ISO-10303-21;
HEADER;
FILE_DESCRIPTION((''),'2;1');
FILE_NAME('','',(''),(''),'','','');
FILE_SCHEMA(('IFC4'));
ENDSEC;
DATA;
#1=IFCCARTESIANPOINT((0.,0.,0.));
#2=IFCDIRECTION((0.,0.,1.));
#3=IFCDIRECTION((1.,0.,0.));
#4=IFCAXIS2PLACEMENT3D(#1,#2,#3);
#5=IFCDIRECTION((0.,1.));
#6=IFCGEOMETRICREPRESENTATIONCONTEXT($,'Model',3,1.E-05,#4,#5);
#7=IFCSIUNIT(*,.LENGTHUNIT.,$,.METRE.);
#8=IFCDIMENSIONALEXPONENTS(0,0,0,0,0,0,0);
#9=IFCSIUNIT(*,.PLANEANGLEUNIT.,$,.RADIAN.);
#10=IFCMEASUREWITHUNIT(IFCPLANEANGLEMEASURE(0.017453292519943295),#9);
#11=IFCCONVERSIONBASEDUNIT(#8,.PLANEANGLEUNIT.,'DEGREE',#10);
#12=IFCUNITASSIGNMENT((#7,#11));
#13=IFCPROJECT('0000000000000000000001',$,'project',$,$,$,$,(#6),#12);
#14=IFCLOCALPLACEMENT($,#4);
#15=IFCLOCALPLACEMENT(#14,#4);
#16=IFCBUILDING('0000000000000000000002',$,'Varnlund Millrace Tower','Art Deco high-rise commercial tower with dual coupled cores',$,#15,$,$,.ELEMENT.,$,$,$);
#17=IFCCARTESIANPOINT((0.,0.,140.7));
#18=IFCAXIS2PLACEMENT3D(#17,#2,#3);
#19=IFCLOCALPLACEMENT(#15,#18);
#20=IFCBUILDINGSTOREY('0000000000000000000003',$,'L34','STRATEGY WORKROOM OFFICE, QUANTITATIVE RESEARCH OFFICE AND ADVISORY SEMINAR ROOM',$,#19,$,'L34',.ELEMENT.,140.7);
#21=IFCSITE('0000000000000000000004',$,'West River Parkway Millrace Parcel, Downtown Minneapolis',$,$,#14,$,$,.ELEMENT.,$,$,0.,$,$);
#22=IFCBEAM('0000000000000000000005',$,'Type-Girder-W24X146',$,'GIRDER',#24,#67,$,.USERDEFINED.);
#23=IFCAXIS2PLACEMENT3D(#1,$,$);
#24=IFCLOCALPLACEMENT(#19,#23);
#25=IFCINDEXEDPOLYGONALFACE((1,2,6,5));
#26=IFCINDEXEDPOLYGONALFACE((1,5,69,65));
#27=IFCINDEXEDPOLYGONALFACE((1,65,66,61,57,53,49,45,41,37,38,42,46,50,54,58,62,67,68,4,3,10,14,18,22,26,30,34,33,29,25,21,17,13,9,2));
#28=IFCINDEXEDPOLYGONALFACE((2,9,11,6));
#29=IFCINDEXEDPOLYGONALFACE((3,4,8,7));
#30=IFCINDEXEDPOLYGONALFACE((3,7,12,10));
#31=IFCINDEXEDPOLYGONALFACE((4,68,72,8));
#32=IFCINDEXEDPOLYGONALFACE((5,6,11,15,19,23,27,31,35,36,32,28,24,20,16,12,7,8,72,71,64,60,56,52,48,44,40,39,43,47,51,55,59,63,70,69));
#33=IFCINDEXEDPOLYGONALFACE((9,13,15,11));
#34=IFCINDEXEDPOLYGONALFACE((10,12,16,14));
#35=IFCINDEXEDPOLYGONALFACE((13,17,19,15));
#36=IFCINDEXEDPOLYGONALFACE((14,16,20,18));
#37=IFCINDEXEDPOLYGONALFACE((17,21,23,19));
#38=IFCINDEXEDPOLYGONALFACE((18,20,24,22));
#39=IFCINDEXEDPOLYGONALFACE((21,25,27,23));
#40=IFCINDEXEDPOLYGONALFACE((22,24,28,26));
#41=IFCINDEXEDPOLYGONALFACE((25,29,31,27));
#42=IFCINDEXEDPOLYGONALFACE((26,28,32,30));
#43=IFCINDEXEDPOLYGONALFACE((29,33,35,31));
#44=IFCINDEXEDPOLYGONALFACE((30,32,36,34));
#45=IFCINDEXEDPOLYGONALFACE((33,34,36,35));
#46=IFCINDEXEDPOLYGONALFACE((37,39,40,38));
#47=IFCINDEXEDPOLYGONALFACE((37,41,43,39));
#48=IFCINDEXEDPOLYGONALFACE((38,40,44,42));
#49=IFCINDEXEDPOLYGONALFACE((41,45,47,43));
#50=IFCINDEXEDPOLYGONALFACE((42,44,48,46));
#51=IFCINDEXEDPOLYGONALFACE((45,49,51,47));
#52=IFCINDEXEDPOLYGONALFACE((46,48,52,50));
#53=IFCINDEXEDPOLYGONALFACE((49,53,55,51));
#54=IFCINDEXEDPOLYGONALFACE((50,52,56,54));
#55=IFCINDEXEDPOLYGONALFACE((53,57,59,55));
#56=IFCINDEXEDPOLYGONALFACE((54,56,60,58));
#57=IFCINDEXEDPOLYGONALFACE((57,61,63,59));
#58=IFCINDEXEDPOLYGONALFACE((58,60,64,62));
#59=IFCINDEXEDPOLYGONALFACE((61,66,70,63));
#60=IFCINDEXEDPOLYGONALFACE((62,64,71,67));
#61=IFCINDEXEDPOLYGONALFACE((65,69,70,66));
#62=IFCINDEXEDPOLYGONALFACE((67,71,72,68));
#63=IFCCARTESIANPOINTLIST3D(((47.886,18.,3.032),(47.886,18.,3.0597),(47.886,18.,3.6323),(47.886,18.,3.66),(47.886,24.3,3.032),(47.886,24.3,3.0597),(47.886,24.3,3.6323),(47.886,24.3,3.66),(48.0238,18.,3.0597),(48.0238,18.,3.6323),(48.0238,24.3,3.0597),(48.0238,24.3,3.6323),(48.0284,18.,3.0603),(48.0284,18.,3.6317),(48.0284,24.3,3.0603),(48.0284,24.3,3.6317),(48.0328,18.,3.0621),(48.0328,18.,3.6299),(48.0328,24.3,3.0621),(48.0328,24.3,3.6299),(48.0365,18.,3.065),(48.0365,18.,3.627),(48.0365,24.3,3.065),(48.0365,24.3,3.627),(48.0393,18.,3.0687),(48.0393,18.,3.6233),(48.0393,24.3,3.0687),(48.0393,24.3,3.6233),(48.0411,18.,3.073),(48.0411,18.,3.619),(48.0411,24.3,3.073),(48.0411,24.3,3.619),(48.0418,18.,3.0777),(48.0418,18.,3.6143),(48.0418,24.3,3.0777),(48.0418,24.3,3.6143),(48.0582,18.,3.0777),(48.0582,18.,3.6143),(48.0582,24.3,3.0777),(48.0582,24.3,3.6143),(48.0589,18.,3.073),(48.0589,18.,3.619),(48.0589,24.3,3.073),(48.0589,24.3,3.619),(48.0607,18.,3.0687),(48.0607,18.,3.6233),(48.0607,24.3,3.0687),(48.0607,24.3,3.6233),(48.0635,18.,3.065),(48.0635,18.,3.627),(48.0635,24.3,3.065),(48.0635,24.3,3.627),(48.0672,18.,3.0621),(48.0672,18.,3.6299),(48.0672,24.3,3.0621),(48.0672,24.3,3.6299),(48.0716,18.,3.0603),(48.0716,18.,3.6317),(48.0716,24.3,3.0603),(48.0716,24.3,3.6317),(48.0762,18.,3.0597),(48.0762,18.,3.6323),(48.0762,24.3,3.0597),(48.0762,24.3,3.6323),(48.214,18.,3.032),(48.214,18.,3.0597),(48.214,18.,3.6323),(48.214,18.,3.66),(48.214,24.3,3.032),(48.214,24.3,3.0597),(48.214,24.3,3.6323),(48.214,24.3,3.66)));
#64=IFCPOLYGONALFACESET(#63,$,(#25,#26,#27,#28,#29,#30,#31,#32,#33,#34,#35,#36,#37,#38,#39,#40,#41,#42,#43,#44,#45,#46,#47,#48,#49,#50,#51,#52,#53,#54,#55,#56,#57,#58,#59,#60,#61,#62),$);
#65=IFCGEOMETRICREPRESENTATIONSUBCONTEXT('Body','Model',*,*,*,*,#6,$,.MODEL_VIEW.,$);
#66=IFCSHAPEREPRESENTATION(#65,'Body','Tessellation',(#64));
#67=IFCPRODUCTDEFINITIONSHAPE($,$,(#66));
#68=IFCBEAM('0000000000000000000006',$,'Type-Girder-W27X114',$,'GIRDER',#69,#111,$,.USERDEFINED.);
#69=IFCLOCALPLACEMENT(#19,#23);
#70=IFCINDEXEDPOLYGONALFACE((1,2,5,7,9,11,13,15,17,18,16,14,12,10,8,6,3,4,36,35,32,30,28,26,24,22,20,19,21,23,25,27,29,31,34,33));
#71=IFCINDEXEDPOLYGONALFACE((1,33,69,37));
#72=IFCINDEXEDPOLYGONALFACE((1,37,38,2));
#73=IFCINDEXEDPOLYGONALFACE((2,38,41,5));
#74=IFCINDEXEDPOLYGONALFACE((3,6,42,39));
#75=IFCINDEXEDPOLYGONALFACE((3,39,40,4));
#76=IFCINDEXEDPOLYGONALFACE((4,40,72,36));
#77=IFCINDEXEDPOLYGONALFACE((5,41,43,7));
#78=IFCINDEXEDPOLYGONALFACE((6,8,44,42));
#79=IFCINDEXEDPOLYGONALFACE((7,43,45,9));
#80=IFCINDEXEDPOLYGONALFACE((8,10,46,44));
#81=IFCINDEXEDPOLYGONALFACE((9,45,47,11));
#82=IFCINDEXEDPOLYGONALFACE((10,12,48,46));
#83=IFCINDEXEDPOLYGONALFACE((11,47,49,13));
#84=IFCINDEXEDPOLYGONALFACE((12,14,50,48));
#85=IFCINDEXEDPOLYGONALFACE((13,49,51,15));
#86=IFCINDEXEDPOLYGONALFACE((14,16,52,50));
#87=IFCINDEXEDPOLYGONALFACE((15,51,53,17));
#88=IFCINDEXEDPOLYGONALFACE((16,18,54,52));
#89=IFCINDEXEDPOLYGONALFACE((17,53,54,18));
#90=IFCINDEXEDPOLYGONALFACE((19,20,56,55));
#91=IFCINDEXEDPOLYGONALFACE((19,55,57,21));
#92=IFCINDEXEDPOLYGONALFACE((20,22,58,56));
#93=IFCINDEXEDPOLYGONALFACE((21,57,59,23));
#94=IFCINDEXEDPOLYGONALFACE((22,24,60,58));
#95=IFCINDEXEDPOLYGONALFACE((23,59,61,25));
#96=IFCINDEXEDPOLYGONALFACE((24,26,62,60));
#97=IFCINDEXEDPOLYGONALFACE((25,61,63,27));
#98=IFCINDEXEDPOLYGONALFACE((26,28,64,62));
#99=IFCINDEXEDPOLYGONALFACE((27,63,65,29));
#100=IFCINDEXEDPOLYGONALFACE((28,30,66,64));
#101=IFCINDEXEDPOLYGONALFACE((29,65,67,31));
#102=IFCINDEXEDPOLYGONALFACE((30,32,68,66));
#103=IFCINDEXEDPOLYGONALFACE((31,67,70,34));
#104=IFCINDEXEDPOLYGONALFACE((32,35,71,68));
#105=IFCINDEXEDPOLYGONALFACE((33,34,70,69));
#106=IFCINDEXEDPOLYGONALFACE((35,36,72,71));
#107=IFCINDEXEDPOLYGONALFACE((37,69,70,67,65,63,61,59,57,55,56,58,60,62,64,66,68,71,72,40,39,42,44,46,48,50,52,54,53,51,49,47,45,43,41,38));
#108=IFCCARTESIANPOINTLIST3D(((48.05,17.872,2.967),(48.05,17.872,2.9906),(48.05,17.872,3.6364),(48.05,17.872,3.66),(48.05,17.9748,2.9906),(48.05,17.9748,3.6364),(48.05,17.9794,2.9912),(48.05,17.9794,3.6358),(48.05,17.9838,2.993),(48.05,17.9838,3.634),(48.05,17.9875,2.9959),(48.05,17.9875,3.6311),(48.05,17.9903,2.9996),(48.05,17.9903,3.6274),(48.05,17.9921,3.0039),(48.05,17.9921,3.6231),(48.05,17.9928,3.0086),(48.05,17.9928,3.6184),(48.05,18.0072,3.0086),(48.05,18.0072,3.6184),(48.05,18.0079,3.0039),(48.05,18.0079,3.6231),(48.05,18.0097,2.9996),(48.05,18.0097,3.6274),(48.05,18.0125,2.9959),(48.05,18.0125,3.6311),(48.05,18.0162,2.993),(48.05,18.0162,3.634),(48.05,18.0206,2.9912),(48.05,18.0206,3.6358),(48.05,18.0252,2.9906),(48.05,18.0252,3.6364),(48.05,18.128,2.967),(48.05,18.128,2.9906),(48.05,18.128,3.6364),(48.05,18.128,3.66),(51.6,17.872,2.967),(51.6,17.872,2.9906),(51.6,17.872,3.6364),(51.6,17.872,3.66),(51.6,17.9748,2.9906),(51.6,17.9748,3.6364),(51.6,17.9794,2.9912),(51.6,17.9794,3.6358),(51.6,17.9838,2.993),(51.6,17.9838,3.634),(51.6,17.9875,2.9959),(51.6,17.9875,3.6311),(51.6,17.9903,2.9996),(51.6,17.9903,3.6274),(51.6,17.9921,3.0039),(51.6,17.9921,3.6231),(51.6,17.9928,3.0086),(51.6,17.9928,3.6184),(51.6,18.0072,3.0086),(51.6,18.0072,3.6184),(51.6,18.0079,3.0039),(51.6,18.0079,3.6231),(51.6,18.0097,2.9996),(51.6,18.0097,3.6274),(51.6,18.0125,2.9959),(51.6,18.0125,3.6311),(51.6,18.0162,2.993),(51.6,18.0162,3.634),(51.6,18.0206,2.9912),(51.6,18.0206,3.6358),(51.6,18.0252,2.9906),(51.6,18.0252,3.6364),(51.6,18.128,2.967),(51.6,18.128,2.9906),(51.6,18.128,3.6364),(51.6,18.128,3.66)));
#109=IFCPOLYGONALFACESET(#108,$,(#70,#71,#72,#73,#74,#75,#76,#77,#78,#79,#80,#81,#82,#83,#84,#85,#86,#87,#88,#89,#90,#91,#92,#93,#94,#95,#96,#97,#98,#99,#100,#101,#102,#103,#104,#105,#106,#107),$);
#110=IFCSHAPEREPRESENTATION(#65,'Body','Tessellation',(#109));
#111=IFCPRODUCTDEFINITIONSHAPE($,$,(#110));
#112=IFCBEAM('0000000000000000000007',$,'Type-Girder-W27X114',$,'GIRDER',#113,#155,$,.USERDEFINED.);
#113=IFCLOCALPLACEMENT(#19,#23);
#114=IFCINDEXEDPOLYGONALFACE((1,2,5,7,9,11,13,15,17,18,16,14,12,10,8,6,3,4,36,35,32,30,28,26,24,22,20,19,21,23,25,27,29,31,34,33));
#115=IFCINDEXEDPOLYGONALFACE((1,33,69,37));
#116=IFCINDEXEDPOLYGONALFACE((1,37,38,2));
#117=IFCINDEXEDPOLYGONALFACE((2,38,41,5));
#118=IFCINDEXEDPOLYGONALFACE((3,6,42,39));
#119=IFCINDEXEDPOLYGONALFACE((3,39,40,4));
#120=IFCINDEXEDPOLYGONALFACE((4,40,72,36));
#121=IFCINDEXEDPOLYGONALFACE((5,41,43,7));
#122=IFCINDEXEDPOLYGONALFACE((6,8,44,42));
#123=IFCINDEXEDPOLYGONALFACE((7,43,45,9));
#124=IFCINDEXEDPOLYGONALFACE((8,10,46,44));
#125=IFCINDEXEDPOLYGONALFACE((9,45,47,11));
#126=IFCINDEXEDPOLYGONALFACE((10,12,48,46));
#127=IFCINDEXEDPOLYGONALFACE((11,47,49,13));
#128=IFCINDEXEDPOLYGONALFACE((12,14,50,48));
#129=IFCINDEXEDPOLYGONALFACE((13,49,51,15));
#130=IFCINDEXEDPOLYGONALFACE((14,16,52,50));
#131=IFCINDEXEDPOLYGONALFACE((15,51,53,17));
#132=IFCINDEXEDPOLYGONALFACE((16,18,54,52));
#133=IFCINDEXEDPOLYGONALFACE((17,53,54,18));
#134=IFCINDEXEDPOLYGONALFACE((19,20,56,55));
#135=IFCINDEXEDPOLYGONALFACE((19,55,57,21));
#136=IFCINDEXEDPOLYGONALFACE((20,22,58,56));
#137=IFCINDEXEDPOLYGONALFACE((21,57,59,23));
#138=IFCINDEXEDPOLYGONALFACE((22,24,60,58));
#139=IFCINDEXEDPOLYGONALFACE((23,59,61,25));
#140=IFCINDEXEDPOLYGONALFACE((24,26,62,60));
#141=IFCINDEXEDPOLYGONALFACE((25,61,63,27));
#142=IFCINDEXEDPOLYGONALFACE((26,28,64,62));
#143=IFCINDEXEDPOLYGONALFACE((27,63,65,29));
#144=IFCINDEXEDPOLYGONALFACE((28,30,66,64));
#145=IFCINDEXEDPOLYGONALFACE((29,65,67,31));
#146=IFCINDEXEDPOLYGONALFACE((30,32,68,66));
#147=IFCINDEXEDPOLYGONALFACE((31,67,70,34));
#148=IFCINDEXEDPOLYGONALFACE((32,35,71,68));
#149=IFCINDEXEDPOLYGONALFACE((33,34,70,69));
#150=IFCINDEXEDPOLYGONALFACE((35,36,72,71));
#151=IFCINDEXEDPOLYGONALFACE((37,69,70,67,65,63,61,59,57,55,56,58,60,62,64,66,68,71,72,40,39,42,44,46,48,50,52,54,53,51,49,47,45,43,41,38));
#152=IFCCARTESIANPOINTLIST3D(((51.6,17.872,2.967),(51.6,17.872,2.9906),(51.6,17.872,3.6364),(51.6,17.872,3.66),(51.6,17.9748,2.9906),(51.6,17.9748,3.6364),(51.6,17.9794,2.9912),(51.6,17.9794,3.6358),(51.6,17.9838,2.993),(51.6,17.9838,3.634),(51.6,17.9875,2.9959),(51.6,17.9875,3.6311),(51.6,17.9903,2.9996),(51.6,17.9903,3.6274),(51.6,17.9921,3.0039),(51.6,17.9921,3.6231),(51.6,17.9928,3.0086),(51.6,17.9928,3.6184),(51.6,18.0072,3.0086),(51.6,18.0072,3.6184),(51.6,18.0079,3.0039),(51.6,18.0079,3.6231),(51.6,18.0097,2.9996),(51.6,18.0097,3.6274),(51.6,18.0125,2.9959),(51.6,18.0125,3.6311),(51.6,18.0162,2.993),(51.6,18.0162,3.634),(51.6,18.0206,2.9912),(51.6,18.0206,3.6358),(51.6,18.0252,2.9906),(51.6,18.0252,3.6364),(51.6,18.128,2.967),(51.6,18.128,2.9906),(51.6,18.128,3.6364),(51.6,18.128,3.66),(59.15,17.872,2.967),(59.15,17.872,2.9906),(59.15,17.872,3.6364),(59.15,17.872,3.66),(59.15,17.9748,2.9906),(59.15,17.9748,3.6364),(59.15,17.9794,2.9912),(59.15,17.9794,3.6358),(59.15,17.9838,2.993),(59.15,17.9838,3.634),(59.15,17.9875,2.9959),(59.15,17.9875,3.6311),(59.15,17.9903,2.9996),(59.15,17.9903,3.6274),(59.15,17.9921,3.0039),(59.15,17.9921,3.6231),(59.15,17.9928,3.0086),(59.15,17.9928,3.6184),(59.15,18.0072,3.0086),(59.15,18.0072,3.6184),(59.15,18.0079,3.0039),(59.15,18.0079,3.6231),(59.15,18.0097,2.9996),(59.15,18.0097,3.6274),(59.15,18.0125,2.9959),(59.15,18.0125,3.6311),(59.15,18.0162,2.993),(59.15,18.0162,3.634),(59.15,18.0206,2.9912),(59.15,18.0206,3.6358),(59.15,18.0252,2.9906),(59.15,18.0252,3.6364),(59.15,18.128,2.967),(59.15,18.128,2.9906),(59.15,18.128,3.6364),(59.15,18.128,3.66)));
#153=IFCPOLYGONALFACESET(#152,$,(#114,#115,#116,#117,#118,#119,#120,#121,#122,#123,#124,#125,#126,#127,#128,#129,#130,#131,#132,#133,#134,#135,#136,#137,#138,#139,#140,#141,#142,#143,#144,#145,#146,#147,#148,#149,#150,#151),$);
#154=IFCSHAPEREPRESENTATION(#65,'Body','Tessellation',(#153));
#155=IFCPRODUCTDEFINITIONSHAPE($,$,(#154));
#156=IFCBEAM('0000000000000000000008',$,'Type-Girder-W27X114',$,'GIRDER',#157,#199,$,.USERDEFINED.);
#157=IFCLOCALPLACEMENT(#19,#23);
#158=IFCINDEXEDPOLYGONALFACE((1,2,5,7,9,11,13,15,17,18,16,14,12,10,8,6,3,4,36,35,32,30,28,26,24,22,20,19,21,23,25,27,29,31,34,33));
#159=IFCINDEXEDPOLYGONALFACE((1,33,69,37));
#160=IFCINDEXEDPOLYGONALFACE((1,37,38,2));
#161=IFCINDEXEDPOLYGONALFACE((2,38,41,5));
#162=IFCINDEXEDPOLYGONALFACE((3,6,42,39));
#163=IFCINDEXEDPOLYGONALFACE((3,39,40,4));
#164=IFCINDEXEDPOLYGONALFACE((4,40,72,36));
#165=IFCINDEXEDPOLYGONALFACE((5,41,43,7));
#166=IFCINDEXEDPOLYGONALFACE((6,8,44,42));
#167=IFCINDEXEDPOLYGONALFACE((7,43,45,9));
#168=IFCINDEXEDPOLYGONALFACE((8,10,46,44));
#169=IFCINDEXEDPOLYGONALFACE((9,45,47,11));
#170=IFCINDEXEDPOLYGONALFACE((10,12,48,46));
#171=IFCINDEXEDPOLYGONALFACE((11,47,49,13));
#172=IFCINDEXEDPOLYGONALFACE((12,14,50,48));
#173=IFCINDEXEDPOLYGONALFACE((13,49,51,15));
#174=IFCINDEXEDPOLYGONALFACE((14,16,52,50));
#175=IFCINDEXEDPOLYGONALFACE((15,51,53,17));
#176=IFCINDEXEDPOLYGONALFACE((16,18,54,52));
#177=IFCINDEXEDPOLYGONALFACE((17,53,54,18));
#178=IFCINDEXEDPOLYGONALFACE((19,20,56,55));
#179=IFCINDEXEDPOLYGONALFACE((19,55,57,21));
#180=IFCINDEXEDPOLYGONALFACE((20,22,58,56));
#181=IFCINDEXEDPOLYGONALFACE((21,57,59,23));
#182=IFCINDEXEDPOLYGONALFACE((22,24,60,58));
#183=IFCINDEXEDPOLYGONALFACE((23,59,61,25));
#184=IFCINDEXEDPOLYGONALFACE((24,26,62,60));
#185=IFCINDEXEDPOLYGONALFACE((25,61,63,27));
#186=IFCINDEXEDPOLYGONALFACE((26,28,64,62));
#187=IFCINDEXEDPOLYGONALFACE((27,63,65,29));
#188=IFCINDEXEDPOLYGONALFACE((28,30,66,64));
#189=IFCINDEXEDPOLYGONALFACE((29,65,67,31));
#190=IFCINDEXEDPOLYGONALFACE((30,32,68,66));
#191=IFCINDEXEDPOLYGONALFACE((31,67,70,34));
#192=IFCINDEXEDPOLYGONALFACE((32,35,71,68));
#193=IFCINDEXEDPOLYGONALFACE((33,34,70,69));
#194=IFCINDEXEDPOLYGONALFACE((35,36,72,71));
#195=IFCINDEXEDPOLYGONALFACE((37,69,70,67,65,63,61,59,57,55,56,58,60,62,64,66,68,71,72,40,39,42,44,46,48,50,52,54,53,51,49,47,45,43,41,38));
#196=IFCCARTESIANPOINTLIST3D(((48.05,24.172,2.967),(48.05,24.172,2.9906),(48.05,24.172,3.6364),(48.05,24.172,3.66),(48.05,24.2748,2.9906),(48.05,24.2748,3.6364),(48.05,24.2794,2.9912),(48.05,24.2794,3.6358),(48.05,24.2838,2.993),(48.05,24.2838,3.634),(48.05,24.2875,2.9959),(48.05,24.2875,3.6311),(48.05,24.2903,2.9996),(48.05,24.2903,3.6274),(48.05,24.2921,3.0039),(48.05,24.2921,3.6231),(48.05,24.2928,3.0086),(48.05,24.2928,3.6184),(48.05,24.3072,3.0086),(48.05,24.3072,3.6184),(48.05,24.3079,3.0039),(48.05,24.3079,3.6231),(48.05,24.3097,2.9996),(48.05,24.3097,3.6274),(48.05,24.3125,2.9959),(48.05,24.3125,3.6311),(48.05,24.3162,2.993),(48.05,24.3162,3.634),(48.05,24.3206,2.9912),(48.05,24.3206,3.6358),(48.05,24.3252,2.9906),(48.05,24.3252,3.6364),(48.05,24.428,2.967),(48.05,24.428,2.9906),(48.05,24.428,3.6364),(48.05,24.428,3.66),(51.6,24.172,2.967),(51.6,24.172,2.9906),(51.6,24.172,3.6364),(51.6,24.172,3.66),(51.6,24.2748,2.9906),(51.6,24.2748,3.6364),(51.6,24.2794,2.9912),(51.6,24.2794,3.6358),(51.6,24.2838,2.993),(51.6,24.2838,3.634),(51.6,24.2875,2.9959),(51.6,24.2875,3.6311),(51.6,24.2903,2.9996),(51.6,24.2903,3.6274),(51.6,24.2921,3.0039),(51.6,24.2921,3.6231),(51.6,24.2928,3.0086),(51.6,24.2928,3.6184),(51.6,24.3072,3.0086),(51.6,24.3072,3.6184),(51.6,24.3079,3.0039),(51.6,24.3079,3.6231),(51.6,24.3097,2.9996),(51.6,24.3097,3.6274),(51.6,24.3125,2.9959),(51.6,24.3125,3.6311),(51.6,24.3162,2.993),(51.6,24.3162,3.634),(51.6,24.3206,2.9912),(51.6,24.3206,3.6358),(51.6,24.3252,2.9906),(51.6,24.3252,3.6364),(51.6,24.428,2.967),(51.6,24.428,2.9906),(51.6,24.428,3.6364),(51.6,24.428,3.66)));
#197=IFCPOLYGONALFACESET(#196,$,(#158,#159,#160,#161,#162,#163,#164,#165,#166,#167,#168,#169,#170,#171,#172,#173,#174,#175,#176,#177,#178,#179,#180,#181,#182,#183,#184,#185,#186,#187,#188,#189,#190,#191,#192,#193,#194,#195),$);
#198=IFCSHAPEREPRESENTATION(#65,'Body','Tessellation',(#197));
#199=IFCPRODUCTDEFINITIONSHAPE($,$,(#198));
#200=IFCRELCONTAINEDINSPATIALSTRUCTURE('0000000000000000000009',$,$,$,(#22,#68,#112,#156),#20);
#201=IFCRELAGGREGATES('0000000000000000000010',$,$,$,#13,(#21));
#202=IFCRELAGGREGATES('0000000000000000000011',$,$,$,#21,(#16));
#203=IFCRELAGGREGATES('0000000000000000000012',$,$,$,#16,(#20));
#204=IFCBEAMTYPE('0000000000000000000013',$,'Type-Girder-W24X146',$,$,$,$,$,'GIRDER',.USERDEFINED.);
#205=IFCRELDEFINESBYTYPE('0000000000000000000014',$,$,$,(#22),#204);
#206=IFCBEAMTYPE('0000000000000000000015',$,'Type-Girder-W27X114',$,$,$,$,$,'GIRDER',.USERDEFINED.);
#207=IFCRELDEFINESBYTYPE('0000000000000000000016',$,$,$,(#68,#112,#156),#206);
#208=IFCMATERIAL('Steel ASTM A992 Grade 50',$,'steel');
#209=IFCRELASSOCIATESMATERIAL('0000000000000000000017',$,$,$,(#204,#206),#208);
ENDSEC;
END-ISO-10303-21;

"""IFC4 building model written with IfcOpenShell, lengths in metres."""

from ifc_helpers import new_model, entity, si_unit, converted_unit, direction, frame, origin_with_axes, origin_2d_with_axis, place, context, subcontext, project, spatial, i_section, extrude, material, material_profile, profile_set, type_object, element, save


model = new_model("IFC4")

# Units and contexts
model_context = context("Model", 3, precision=1e-05, world=origin_with_axes(), true_north=direction((0.0, 1.0)))
body_context = subcontext(model_context, "Body", "Model", "MODEL_VIEW")
ifc_project = project(units=[si_unit("LENGTHUNIT", "METRE"), converted_unit("PLANEANGLEUNIT", "DEGREE", entity("IfcPlaneAngleMeasure", 0.017453292519943295), si_unit("PLANEANGLEUNIT", "RADIAN"), dimensions=[0, 0, 0, 0, 0, 0, 0])], contexts=[model_context])

# Site, building, storey
site_placement = place(None, origin_with_axes())
site = spatial("IfcSite", under=ifc_project, at=site_placement, Name="West River Parkway Millrace Parcel, Downtown Minneapolis", CompositionType="ELEMENT", RefElevation=0.0)
building_placement = place(site_placement, origin_with_axes())
building = spatial("IfcBuilding", under=site, at=building_placement, Name="Varnlund Millrace Tower", Description="Art Deco high-rise commercial tower with dual coupled cores", CompositionType="ELEMENT")
storey_placement = place(building_placement, frame((0.0, 0.0, 140.7), z_axis=(0.0, 0.0, 1.0), x_axis=(1.0, 0.0, 0.0)))
storey = spatial("IfcBuildingStorey", under=building, at=storey_placement, Name="L34", Description="STRATEGY WORKROOM OFFICE, QUANTITATIVE RESEARCH OFFICE AND ADVISORY SEMINAR ROOM", LongName="L34", CompositionType="ELEMENT", Elevation=140.7)

# Beams
ifc_material_1 = material(Name="Steel ASTM A992 Grade 50", Category="steel")
ifc_material_profile_1 = material_profile(ifc_material_1, i_section(OverallWidth=0.328, OverallDepth=0.628, WebThickness=0.0165, FlangeThickness=0.0277, FilletRadius=0.018, at=origin_2d_with_axis()), Name="Steel ASTM A992 Grade 50")
ifc_profile_set_1 = profile_set([ifc_material_profile_1], Name="Steel ASTM A992 Grade 50")
beam_type_1 = type_object("IfcBeamType", Name="Type-Girder-W24X146", ElementType="GIRDER", PredefinedType="USERDEFINED", material=ifc_profile_set_1)
beam_1_placement = place(storey_placement, frame((48.05, 18.0, 3.346), z_axis=(0.0, 1.0, 0.0), x_axis=(-1.0, 0.0, 0.0)))
element("IfcBeam", 1, at=beam_1_placement, inside=storey, type_object=beam_type_1, Name="Type-Girder-W24X146", ObjectType="GIRDER", PredefinedType="USERDEFINED", context=body_context, shape_type="SweptSolid", body=[
    extrude(i_section(OverallWidth=0.328, OverallDepth=0.628, WebThickness=0.0165, FlangeThickness=0.0277, FilletRadius=0.018, at=origin_2d_with_axis()), origin_with_axes(), (0.0, 0.0, 1.0), 6.3),
])
ifc_material_profile_2 = material_profile(ifc_material_1, i_section(OverallWidth=0.256, OverallDepth=0.693, WebThickness=0.0145, FlangeThickness=0.0236, FilletRadius=0.018, at=origin_2d_with_axis()), Name="Steel ASTM A992 Grade 50")
ifc_profile_set_2 = profile_set([ifc_material_profile_2], Name="Steel ASTM A992 Grade 50")
beam_type_2 = type_object("IfcBeamType", Name="Type-Girder-W27X114", ElementType="GIRDER", PredefinedType="USERDEFINED", material=ifc_profile_set_2)
beam_2_placement = place(storey_placement, frame((48.05, 18.0, 3.3135), z_axis=(1.0, 0.0, 0.0), x_axis=(0.0, 1.0, 0.0)))
element("IfcBeam", 2, at=beam_2_placement, inside=storey, type_object=beam_type_2, Name="Type-Girder-W27X114", ObjectType="GIRDER", PredefinedType="USERDEFINED", context=body_context, shape_type="SweptSolid", body=[
    extrude(i_section(OverallWidth=0.256, OverallDepth=0.693, WebThickness=0.0145, FlangeThickness=0.0236, FilletRadius=0.018, at=origin_2d_with_axis()), origin_with_axes(), (0.0, 0.0, 1.0), 3.55),
])
beam_3_placement = place(storey_placement, frame((51.6, 18.0, 3.3135), z_axis=(1.0, 0.0, 0.0), x_axis=(0.0, 1.0, 0.0)))
element("IfcBeam", 3, at=beam_3_placement, inside=storey, type_object=beam_type_2, Name="Type-Girder-W27X114", ObjectType="GIRDER", PredefinedType="USERDEFINED", context=body_context, shape_type="SweptSolid", body=[
    extrude(i_section(OverallWidth=0.256, OverallDepth=0.693, WebThickness=0.0145, FlangeThickness=0.0236, FilletRadius=0.018, at=origin_2d_with_axis()), origin_with_axes(), (0.0, 0.0, 1.0), 7.55),
])
beam_4_placement = place(storey_placement, frame((48.05, 24.3, 3.3135), z_axis=(1.0, 0.0, 0.0), x_axis=(0.0, 1.0, 0.0)))
element("IfcBeam", 4, at=beam_4_placement, inside=storey, type_object=beam_type_2, Name="Type-Girder-W27X114", ObjectType="GIRDER", PredefinedType="USERDEFINED", context=body_context, shape_type="SweptSolid", body=[
    extrude(i_section(OverallWidth=0.256, OverallDepth=0.693, WebThickness=0.0145, FlangeThickness=0.0236, FilletRadius=0.018, at=origin_2d_with_axis()), origin_with_axes(), (0.0, 0.0, 1.0), 3.55),
])

save(model, "model.ifc")
